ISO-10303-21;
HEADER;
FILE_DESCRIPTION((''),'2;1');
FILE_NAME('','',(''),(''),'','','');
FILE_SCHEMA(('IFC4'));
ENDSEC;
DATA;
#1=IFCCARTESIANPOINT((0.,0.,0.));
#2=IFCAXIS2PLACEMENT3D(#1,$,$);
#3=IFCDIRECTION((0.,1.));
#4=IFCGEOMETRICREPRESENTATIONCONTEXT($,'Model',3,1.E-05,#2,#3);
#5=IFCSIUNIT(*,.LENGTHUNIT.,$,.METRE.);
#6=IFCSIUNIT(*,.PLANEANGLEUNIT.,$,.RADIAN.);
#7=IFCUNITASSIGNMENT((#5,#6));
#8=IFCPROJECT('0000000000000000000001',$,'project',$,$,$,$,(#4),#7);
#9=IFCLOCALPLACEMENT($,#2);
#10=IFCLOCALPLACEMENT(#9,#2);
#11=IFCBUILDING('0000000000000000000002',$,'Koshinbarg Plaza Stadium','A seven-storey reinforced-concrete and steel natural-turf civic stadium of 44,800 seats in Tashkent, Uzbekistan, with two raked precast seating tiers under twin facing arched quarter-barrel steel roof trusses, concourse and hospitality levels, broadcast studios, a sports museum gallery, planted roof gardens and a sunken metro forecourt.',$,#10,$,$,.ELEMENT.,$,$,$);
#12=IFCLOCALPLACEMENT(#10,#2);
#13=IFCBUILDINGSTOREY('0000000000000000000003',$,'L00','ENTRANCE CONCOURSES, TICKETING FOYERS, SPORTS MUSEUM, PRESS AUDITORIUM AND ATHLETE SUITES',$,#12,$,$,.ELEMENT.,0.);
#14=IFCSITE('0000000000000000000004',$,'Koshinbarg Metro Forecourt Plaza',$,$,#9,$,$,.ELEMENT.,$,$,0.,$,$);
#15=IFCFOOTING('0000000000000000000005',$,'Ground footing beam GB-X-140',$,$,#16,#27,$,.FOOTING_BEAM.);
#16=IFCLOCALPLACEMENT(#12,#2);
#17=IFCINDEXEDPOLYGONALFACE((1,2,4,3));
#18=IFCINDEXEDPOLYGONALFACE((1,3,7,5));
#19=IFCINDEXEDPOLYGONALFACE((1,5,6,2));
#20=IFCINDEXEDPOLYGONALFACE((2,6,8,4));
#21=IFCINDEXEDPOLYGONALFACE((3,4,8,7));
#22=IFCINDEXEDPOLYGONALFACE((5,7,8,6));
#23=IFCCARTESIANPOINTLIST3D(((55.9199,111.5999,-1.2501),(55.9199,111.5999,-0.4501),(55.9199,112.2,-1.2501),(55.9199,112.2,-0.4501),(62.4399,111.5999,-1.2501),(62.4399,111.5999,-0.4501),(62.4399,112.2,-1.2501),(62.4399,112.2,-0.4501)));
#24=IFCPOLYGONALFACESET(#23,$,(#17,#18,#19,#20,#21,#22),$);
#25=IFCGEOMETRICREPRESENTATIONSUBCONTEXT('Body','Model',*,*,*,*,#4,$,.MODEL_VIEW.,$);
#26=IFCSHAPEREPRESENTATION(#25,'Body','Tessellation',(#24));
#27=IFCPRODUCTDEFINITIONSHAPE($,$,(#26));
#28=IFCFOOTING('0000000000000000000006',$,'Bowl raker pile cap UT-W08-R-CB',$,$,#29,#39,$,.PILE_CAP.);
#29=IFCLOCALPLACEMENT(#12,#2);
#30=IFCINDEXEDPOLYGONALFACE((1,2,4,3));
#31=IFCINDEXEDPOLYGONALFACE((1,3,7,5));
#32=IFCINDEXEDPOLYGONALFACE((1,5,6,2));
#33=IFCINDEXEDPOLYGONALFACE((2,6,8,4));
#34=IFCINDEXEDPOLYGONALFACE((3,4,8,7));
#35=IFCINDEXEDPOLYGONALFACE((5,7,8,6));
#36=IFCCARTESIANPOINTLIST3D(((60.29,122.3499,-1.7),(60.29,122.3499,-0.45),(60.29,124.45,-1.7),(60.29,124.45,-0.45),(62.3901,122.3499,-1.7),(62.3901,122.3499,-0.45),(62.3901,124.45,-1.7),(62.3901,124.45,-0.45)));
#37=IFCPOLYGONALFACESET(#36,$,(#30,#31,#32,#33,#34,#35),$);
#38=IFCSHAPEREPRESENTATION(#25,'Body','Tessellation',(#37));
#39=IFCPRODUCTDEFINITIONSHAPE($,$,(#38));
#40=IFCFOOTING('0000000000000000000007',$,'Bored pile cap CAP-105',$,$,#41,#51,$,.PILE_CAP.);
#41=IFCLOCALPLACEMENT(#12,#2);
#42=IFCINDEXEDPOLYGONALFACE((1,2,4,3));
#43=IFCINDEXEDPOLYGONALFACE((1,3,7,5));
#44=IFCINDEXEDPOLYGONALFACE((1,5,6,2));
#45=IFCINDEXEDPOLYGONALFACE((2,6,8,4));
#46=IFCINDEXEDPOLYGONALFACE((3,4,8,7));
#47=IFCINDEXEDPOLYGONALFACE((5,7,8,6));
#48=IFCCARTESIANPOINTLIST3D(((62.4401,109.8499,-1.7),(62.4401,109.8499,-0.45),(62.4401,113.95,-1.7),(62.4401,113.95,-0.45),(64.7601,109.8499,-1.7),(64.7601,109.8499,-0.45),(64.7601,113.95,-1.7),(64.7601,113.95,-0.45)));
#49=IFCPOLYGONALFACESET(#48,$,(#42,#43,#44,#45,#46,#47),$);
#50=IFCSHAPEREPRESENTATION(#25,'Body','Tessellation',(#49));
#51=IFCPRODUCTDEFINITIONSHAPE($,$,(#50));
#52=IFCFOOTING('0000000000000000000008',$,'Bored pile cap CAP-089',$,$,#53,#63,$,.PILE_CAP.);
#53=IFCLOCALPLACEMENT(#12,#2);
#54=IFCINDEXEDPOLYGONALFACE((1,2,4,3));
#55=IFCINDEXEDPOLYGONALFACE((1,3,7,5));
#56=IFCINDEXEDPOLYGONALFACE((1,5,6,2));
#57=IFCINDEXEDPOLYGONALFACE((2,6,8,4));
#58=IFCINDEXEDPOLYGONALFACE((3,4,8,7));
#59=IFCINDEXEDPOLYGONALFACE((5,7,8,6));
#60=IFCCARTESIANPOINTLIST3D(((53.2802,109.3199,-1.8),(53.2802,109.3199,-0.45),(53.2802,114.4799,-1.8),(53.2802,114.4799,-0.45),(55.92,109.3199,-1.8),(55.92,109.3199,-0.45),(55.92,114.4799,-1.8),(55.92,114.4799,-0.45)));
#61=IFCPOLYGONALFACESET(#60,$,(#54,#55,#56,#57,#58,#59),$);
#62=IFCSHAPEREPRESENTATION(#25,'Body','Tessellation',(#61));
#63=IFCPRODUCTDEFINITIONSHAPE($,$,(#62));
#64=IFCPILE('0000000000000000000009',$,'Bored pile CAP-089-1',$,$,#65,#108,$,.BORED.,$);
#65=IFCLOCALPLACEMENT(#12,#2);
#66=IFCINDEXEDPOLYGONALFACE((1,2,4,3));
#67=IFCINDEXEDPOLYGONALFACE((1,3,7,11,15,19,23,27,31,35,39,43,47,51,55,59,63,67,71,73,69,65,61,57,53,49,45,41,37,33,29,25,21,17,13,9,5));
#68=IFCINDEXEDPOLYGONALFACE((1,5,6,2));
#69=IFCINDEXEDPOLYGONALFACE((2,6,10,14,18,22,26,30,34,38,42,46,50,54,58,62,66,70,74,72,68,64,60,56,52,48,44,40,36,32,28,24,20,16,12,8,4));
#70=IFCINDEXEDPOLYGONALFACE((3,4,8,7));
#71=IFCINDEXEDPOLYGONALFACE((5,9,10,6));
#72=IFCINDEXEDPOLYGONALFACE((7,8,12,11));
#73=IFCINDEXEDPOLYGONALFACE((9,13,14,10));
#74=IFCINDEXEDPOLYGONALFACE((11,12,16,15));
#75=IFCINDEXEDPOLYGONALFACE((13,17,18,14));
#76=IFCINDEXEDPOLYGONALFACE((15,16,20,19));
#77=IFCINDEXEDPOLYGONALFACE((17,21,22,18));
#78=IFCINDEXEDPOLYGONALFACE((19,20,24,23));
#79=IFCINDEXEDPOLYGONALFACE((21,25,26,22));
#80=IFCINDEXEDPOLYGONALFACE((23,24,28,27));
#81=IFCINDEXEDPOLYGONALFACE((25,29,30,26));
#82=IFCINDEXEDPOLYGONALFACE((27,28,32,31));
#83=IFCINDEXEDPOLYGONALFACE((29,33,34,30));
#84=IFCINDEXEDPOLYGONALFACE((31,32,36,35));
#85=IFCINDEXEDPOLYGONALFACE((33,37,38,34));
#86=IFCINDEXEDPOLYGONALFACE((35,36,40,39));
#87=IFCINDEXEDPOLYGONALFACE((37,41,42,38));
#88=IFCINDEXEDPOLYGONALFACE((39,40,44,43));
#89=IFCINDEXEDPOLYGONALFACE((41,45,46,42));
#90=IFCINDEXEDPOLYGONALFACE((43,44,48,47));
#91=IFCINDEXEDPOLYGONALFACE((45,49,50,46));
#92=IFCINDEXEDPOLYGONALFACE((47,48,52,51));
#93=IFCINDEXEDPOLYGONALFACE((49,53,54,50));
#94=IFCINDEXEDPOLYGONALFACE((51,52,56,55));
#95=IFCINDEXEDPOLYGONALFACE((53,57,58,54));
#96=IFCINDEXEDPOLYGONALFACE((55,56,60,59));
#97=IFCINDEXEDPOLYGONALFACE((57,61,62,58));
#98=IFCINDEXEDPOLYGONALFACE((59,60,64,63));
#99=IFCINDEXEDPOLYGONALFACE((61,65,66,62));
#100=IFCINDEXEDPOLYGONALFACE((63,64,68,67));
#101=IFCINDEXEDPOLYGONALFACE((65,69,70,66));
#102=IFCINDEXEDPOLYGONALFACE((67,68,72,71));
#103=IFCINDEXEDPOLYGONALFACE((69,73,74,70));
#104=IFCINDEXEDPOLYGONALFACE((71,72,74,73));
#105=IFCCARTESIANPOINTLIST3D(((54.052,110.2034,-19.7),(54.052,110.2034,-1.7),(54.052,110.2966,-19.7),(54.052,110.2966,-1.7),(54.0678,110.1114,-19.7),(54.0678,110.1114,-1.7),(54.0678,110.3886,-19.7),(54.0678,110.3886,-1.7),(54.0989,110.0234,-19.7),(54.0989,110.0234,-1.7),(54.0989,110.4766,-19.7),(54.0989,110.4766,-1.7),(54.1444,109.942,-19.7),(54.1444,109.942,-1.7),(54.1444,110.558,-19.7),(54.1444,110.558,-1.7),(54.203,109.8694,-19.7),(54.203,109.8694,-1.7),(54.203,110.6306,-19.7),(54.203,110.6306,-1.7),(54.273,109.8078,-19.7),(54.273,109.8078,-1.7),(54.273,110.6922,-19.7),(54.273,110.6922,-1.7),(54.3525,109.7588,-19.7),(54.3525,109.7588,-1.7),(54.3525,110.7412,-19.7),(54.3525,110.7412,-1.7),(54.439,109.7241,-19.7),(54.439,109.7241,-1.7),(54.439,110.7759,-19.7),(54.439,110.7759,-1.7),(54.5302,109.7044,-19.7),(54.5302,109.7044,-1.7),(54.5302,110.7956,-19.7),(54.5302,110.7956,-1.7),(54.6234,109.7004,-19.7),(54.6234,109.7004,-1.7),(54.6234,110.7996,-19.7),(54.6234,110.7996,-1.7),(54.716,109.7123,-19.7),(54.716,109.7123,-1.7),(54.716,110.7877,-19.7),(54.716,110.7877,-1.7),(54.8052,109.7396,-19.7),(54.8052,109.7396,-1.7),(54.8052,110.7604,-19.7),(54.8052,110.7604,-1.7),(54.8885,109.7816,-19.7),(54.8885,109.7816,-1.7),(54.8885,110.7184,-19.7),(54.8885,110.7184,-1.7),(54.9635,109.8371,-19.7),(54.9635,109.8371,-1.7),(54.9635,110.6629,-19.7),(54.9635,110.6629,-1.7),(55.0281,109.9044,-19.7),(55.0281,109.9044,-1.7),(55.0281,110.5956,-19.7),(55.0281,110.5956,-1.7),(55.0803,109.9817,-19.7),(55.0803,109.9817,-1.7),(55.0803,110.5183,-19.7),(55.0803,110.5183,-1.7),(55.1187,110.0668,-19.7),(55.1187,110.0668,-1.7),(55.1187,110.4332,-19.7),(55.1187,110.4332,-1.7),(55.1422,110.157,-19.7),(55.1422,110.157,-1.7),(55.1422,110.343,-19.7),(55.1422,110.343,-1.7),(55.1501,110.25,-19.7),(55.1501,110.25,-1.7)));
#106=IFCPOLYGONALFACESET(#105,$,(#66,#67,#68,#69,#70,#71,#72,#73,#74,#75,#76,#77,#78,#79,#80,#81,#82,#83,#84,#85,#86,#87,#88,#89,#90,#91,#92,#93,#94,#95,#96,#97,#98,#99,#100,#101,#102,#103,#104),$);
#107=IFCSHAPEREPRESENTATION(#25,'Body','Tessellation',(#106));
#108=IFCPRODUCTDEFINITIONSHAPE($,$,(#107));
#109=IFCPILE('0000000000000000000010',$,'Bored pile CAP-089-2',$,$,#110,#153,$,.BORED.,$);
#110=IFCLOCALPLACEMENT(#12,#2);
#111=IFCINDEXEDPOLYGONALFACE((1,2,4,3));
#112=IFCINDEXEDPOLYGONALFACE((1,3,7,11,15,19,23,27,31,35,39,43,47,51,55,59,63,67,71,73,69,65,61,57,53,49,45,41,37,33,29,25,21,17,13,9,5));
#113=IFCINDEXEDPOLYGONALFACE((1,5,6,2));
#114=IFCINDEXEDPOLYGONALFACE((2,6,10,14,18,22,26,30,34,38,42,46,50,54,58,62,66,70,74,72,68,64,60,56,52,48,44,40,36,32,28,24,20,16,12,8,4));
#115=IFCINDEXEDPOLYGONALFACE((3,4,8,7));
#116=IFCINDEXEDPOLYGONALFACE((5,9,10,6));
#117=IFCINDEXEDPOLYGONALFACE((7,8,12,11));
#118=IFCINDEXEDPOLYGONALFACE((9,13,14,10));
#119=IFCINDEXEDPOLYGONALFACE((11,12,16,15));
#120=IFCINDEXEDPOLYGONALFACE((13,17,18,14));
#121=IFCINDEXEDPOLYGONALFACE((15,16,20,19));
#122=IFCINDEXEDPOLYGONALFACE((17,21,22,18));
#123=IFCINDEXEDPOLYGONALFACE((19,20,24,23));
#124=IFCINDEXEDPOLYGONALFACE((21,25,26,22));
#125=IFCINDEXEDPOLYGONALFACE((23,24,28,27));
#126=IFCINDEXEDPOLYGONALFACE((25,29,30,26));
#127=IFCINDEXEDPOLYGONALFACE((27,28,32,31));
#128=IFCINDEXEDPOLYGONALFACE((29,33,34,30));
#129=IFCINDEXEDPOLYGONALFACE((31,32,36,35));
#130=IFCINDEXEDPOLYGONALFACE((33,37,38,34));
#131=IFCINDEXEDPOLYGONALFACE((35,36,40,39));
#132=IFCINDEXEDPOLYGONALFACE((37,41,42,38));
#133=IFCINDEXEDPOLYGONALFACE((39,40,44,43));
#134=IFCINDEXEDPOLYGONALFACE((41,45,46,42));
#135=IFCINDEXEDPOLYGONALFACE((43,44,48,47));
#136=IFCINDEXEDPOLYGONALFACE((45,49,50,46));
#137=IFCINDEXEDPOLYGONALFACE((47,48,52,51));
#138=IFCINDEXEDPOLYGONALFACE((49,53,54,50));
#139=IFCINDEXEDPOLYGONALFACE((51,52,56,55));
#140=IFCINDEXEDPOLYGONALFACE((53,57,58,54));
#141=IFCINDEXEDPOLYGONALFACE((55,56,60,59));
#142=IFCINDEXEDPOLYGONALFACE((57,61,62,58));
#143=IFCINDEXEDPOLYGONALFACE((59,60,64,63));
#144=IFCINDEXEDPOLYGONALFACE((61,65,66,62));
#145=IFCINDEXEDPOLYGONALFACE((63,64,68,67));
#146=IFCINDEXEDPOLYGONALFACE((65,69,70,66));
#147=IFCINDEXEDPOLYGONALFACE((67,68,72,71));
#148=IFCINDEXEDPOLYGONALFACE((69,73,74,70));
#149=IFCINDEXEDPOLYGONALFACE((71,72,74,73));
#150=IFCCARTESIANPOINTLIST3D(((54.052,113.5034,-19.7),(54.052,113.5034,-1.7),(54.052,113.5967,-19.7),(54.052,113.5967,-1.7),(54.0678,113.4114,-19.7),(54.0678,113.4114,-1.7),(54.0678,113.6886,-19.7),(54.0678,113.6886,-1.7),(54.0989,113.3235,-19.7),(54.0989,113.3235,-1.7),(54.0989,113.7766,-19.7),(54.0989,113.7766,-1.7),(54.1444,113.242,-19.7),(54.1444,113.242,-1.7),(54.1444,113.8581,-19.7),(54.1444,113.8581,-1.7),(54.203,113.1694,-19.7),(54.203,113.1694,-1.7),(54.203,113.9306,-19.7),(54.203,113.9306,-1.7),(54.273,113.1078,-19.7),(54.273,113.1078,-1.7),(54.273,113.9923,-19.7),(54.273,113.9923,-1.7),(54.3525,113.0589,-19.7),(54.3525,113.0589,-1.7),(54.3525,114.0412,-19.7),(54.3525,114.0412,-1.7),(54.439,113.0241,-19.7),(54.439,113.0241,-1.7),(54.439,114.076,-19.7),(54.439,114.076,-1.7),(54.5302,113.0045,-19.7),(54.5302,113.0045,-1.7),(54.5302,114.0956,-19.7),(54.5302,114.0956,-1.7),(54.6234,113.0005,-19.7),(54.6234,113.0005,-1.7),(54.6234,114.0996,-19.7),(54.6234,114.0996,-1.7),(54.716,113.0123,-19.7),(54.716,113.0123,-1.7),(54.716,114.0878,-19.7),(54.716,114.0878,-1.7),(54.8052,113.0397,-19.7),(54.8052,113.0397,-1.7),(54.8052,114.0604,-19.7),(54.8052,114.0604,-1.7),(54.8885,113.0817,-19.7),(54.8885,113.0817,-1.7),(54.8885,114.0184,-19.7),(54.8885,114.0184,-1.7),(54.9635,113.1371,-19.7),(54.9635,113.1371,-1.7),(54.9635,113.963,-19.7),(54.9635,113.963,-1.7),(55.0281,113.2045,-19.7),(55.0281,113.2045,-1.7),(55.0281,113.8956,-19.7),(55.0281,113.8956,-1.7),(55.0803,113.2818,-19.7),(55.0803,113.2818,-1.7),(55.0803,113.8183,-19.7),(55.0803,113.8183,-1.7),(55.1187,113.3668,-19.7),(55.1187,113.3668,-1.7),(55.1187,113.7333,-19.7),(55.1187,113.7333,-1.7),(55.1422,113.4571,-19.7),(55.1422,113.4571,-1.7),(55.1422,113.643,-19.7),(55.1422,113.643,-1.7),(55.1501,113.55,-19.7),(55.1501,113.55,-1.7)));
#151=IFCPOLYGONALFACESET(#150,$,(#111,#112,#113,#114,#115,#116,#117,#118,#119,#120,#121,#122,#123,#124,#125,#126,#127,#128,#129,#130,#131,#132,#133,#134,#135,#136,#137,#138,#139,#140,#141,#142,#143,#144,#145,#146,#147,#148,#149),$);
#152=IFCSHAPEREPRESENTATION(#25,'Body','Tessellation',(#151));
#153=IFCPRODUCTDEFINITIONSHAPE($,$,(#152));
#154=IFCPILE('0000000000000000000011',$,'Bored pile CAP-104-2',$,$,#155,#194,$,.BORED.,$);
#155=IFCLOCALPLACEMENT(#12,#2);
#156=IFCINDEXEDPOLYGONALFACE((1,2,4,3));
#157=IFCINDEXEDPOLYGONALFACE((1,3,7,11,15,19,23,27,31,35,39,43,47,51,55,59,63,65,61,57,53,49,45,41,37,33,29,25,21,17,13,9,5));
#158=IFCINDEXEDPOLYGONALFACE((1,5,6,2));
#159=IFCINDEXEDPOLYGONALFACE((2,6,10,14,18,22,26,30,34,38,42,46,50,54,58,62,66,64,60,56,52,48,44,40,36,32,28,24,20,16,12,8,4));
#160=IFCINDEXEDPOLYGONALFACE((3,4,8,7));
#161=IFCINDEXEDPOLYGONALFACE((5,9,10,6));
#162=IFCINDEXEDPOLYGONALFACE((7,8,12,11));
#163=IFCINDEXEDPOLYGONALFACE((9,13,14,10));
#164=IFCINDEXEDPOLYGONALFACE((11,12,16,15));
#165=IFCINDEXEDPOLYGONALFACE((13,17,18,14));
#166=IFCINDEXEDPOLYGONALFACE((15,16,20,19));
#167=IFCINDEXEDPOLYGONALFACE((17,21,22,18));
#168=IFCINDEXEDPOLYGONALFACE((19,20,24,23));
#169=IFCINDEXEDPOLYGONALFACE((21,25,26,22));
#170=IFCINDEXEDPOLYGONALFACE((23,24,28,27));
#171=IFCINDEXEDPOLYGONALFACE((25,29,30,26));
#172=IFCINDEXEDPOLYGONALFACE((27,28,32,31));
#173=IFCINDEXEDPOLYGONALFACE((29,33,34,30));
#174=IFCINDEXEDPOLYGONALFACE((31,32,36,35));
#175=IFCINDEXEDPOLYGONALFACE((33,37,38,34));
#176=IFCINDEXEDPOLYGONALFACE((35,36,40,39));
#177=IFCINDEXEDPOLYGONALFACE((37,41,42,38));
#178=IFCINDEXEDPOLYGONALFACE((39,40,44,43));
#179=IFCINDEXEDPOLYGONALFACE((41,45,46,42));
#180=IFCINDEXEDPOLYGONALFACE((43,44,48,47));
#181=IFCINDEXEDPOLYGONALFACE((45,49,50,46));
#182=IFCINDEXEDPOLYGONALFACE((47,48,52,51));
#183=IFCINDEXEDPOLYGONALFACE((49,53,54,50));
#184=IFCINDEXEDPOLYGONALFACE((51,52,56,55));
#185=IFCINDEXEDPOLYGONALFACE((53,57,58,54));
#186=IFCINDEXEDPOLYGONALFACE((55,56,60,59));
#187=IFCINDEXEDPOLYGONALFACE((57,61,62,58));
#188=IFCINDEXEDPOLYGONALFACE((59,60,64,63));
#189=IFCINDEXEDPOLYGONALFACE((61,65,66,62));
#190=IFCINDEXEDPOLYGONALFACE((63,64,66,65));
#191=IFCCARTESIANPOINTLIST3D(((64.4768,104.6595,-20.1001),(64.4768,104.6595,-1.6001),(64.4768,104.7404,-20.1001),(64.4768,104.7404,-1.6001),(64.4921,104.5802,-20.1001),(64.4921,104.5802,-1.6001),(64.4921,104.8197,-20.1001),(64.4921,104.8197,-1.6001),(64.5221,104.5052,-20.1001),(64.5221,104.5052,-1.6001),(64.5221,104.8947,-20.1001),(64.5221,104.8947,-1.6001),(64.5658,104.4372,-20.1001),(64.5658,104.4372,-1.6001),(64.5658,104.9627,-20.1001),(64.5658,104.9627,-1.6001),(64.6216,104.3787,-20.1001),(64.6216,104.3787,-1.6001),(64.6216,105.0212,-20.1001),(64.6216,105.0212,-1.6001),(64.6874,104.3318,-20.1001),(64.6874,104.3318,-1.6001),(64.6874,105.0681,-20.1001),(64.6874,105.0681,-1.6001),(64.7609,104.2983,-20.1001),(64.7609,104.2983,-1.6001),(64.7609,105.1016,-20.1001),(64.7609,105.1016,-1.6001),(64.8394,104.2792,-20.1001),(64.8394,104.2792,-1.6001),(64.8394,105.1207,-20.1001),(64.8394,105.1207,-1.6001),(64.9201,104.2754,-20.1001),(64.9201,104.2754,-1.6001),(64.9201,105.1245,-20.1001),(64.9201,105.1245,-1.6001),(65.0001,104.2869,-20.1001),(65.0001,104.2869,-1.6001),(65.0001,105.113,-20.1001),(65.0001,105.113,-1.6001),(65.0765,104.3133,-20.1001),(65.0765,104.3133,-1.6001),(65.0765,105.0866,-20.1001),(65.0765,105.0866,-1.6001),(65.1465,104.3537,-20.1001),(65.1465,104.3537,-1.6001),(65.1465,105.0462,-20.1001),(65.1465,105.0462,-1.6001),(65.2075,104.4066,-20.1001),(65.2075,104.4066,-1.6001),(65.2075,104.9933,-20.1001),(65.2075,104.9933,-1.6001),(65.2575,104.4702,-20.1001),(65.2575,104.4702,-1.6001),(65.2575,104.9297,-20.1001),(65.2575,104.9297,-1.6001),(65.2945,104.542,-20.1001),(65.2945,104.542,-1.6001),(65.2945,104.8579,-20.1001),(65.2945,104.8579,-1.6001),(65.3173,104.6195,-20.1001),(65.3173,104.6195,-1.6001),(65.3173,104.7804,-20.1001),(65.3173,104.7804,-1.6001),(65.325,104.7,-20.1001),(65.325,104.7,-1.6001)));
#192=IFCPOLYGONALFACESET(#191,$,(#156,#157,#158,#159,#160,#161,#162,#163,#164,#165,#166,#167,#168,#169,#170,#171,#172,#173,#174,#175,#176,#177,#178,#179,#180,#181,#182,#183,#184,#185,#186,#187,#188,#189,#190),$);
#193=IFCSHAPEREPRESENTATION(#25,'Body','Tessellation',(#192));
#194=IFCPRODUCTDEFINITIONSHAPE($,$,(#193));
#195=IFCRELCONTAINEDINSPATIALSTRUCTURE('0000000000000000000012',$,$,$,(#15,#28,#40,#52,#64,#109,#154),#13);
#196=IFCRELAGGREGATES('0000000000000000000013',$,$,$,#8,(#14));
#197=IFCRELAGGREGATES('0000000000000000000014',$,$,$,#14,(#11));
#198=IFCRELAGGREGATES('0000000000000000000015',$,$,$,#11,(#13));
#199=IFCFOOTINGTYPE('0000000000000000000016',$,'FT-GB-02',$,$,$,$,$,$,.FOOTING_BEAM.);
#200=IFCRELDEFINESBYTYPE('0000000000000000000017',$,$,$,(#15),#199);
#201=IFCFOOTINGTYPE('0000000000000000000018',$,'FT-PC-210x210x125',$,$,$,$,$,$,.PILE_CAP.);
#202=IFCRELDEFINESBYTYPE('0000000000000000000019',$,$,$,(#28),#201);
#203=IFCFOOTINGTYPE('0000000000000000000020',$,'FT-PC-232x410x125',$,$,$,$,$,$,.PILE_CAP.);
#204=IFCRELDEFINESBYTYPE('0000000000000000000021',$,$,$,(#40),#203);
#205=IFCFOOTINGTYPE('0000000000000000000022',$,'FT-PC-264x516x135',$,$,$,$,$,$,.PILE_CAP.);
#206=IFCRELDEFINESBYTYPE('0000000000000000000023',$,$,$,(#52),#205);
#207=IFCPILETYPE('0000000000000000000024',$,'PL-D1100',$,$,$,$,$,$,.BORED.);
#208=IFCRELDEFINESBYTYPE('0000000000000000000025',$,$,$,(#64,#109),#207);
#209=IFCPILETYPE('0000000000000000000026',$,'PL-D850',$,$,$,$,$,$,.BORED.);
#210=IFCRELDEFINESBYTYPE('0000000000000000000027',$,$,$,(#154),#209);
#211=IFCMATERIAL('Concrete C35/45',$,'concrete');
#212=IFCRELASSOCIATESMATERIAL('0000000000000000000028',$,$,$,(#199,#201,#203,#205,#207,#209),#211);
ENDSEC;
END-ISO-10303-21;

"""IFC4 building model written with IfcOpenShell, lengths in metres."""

from ifc_helpers import new_model, si_unit, direction, frame, origin, origin_2d, place, context, subcontext, project, spatial, rectangle, circle, extrude, material, material_profile, profile_set, type_object, element, save


model = new_model("IFC4")

# Units and contexts
model_context = context("Model", 3, precision=1e-05, world=origin(), true_north=direction((0.0, 1.0)))
body_context = subcontext(model_context, "Body", "Model", "MODEL_VIEW")
ifc_project = project(units=[si_unit("LENGTHUNIT", "METRE"), si_unit("PLANEANGLEUNIT", "RADIAN")], contexts=[model_context])

# Site, building, storey
site_placement = place(None, origin())
site = spatial("IfcSite", under=ifc_project, at=site_placement, Name="Koshinbarg Metro Forecourt Plaza", CompositionType="ELEMENT", RefElevation=0.0)
building_placement = place(site_placement, origin())
building = spatial("IfcBuilding", under=site, at=building_placement, Name="Koshinbarg Plaza Stadium", Description="A seven-storey reinforced-concrete and steel natural-turf civic stadium of 44,800 seats in Tashkent, Uzbekistan, with two raked precast seating tiers under twin facing arched quarter-barrel steel roof trusses, concourse and hospitality levels, broadcast studios, a sports museum gallery, planted roof gardens and a sunken metro forecourt.", CompositionType="ELEMENT")
storey_placement = place(building_placement, origin())
storey = spatial("IfcBuildingStorey", under=building, at=storey_placement, Name="L00", Description="ENTRANCE CONCOURSES, TICKETING FOYERS, SPORTS MUSEUM, PRESS AUDITORIUM AND ATHLETE SUITES", CompositionType="ELEMENT", Elevation=0.0)

# Footings
ifc_material_1 = material(Name="Concrete C35/45", Category="concrete")
ifc_material_profile_1 = material_profile(ifc_material_1, rectangle(XDim=0.6001, YDim=0.8, at=origin_2d()), Name="GB 600x800")
ifc_profile_set_1 = profile_set([ifc_material_profile_1], Name="Concrete C35/45")
footing_type_1 = type_object("IfcFootingType", Name="FT-GB-02", PredefinedType="FOOTING_BEAM", material=ifc_profile_set_1)
footing_1_placement = place(storey_placement, frame((55.9199, 111.8999, -0.8501), z_axis=(1.0, 0.0, 0.0), x_axis=(0.0, 1.0, 0.0)))
element("IfcFooting", 1, at=footing_1_placement, inside=storey, type_object=footing_type_1, Name="Ground footing beam GB-X-140", PredefinedType="FOOTING_BEAM", context=body_context, shape_type="SweptSolid", body=[
    extrude(rectangle(XDim=0.6001, YDim=0.8, at=origin_2d()), origin(), (0.0, 0.0, 1.0), 6.52),
])
footing_type_2 = type_object("IfcFootingType", Name="FT-PC-210x210x125", PredefinedType="PILE_CAP", material=ifc_material_1)
footing_2_placement = place(storey_placement, frame((61.3401, 123.3999, -1.7), z_axis=(0.0, 0.0, 1.0), x_axis=(1.0, 0.0, 0.0)))
element("IfcFooting", 2, at=footing_2_placement, inside=storey, type_object=footing_type_2, Name="Bowl raker pile cap UT-W08-R-CB", PredefinedType="PILE_CAP", context=body_context, shape_type="SweptSolid", body=[
    extrude(rectangle(XDim=2.1001, YDim=2.1001, at=origin_2d()), origin(), (0.0, 0.0, 1.0), 1.25),
])
footing_type_3 = type_object("IfcFootingType", Name="FT-PC-232x410x125", PredefinedType="PILE_CAP", material=ifc_material_1)
footing_3_placement = place(storey_placement, frame((63.6001, 111.8999, -1.7), z_axis=(0.0, 0.0, 1.0), x_axis=(1.0, 0.0, 0.0)))
element("IfcFooting", 3, at=footing_3_placement, inside=storey, type_object=footing_type_3, Name="Bored pile cap CAP-105", PredefinedType="PILE_CAP", context=body_context, shape_type="SweptSolid", body=[
    extrude(rectangle(XDim=2.3201, YDim=4.1001, at=origin_2d()), origin(), (0.0, 0.0, 1.0), 1.25),
])
footing_type_4 = type_object("IfcFootingType", Name="FT-PC-264x516x135", PredefinedType="PILE_CAP", material=ifc_material_1)
footing_4_placement = place(storey_placement, frame((54.6001, 111.8999, -1.8), z_axis=(0.0, 0.0, 1.0), x_axis=(1.0, 0.0, 0.0)))
element("IfcFooting", 4, at=footing_4_placement, inside=storey, type_object=footing_type_4, Name="Bored pile cap CAP-089", PredefinedType="PILE_CAP", context=body_context, shape_type="SweptSolid", body=[
    extrude(rectangle(XDim=2.6399, YDim=5.1599, at=origin_2d()), origin(), (0.0, 0.0, 1.0), 1.3501),
])

# Piles
ifc_material_profile_2 = material_profile(ifc_material_1, circle(Radius=0.55, at=origin_2d()), Name="PILE D1100")
ifc_profile_set_2 = profile_set([ifc_material_profile_2], Name="Concrete C35/45")
pile_type_1 = type_object("IfcPileType", Name="PL-D1100", PredefinedType="BORED", material=ifc_profile_set_2)
for number, where, z_axis, x_axis, name in (
    (5, (54.6001, 110.25, -1.7), (0.0, 0.0, -1.0), (1.0, 0.0, 0.0), "Bored pile CAP-089-1"),
    (6, (54.6001, 113.55, -1.7), (0.0, 0.0, -1.0), (1.0, 0.0, 0.0), "Bored pile CAP-089-2"),
):
    element("IfcPile", number, at=place(storey_placement, frame(where, z_axis=z_axis, x_axis=x_axis)), inside=storey, type_object=pile_type_1, Name=name, PredefinedType="BORED", context=body_context, shape_type="SweptSolid", body=[
        extrude(circle(Radius=0.55, at=origin_2d()), origin(), (0.0, 0.0, 1.0), 18.0),
    ])
ifc_material_profile_3 = material_profile(ifc_material_1, circle(Radius=0.425, at=origin_2d()), Name="PILE D850")
ifc_profile_set_3 = profile_set([ifc_material_profile_3], Name="Concrete C35/45")
pile_type_2 = type_object("IfcPileType", Name="PL-D850", PredefinedType="BORED", material=ifc_profile_set_3)
pile_placement = place(storey_placement, frame((64.8999, 104.7, -1.6001), z_axis=(0.0, 0.0, -1.0), x_axis=(1.0, 0.0, 0.0)))
element("IfcPile", 7, at=pile_placement, inside=storey, type_object=pile_type_2, Name="Bored pile CAP-104-2", PredefinedType="BORED", context=body_context, shape_type="SweptSolid", body=[
    extrude(circle(Radius=0.425, at=origin_2d()), origin(), (0.0, 0.0, 1.0), 18.5),
])

save(model, "model.ifc")
